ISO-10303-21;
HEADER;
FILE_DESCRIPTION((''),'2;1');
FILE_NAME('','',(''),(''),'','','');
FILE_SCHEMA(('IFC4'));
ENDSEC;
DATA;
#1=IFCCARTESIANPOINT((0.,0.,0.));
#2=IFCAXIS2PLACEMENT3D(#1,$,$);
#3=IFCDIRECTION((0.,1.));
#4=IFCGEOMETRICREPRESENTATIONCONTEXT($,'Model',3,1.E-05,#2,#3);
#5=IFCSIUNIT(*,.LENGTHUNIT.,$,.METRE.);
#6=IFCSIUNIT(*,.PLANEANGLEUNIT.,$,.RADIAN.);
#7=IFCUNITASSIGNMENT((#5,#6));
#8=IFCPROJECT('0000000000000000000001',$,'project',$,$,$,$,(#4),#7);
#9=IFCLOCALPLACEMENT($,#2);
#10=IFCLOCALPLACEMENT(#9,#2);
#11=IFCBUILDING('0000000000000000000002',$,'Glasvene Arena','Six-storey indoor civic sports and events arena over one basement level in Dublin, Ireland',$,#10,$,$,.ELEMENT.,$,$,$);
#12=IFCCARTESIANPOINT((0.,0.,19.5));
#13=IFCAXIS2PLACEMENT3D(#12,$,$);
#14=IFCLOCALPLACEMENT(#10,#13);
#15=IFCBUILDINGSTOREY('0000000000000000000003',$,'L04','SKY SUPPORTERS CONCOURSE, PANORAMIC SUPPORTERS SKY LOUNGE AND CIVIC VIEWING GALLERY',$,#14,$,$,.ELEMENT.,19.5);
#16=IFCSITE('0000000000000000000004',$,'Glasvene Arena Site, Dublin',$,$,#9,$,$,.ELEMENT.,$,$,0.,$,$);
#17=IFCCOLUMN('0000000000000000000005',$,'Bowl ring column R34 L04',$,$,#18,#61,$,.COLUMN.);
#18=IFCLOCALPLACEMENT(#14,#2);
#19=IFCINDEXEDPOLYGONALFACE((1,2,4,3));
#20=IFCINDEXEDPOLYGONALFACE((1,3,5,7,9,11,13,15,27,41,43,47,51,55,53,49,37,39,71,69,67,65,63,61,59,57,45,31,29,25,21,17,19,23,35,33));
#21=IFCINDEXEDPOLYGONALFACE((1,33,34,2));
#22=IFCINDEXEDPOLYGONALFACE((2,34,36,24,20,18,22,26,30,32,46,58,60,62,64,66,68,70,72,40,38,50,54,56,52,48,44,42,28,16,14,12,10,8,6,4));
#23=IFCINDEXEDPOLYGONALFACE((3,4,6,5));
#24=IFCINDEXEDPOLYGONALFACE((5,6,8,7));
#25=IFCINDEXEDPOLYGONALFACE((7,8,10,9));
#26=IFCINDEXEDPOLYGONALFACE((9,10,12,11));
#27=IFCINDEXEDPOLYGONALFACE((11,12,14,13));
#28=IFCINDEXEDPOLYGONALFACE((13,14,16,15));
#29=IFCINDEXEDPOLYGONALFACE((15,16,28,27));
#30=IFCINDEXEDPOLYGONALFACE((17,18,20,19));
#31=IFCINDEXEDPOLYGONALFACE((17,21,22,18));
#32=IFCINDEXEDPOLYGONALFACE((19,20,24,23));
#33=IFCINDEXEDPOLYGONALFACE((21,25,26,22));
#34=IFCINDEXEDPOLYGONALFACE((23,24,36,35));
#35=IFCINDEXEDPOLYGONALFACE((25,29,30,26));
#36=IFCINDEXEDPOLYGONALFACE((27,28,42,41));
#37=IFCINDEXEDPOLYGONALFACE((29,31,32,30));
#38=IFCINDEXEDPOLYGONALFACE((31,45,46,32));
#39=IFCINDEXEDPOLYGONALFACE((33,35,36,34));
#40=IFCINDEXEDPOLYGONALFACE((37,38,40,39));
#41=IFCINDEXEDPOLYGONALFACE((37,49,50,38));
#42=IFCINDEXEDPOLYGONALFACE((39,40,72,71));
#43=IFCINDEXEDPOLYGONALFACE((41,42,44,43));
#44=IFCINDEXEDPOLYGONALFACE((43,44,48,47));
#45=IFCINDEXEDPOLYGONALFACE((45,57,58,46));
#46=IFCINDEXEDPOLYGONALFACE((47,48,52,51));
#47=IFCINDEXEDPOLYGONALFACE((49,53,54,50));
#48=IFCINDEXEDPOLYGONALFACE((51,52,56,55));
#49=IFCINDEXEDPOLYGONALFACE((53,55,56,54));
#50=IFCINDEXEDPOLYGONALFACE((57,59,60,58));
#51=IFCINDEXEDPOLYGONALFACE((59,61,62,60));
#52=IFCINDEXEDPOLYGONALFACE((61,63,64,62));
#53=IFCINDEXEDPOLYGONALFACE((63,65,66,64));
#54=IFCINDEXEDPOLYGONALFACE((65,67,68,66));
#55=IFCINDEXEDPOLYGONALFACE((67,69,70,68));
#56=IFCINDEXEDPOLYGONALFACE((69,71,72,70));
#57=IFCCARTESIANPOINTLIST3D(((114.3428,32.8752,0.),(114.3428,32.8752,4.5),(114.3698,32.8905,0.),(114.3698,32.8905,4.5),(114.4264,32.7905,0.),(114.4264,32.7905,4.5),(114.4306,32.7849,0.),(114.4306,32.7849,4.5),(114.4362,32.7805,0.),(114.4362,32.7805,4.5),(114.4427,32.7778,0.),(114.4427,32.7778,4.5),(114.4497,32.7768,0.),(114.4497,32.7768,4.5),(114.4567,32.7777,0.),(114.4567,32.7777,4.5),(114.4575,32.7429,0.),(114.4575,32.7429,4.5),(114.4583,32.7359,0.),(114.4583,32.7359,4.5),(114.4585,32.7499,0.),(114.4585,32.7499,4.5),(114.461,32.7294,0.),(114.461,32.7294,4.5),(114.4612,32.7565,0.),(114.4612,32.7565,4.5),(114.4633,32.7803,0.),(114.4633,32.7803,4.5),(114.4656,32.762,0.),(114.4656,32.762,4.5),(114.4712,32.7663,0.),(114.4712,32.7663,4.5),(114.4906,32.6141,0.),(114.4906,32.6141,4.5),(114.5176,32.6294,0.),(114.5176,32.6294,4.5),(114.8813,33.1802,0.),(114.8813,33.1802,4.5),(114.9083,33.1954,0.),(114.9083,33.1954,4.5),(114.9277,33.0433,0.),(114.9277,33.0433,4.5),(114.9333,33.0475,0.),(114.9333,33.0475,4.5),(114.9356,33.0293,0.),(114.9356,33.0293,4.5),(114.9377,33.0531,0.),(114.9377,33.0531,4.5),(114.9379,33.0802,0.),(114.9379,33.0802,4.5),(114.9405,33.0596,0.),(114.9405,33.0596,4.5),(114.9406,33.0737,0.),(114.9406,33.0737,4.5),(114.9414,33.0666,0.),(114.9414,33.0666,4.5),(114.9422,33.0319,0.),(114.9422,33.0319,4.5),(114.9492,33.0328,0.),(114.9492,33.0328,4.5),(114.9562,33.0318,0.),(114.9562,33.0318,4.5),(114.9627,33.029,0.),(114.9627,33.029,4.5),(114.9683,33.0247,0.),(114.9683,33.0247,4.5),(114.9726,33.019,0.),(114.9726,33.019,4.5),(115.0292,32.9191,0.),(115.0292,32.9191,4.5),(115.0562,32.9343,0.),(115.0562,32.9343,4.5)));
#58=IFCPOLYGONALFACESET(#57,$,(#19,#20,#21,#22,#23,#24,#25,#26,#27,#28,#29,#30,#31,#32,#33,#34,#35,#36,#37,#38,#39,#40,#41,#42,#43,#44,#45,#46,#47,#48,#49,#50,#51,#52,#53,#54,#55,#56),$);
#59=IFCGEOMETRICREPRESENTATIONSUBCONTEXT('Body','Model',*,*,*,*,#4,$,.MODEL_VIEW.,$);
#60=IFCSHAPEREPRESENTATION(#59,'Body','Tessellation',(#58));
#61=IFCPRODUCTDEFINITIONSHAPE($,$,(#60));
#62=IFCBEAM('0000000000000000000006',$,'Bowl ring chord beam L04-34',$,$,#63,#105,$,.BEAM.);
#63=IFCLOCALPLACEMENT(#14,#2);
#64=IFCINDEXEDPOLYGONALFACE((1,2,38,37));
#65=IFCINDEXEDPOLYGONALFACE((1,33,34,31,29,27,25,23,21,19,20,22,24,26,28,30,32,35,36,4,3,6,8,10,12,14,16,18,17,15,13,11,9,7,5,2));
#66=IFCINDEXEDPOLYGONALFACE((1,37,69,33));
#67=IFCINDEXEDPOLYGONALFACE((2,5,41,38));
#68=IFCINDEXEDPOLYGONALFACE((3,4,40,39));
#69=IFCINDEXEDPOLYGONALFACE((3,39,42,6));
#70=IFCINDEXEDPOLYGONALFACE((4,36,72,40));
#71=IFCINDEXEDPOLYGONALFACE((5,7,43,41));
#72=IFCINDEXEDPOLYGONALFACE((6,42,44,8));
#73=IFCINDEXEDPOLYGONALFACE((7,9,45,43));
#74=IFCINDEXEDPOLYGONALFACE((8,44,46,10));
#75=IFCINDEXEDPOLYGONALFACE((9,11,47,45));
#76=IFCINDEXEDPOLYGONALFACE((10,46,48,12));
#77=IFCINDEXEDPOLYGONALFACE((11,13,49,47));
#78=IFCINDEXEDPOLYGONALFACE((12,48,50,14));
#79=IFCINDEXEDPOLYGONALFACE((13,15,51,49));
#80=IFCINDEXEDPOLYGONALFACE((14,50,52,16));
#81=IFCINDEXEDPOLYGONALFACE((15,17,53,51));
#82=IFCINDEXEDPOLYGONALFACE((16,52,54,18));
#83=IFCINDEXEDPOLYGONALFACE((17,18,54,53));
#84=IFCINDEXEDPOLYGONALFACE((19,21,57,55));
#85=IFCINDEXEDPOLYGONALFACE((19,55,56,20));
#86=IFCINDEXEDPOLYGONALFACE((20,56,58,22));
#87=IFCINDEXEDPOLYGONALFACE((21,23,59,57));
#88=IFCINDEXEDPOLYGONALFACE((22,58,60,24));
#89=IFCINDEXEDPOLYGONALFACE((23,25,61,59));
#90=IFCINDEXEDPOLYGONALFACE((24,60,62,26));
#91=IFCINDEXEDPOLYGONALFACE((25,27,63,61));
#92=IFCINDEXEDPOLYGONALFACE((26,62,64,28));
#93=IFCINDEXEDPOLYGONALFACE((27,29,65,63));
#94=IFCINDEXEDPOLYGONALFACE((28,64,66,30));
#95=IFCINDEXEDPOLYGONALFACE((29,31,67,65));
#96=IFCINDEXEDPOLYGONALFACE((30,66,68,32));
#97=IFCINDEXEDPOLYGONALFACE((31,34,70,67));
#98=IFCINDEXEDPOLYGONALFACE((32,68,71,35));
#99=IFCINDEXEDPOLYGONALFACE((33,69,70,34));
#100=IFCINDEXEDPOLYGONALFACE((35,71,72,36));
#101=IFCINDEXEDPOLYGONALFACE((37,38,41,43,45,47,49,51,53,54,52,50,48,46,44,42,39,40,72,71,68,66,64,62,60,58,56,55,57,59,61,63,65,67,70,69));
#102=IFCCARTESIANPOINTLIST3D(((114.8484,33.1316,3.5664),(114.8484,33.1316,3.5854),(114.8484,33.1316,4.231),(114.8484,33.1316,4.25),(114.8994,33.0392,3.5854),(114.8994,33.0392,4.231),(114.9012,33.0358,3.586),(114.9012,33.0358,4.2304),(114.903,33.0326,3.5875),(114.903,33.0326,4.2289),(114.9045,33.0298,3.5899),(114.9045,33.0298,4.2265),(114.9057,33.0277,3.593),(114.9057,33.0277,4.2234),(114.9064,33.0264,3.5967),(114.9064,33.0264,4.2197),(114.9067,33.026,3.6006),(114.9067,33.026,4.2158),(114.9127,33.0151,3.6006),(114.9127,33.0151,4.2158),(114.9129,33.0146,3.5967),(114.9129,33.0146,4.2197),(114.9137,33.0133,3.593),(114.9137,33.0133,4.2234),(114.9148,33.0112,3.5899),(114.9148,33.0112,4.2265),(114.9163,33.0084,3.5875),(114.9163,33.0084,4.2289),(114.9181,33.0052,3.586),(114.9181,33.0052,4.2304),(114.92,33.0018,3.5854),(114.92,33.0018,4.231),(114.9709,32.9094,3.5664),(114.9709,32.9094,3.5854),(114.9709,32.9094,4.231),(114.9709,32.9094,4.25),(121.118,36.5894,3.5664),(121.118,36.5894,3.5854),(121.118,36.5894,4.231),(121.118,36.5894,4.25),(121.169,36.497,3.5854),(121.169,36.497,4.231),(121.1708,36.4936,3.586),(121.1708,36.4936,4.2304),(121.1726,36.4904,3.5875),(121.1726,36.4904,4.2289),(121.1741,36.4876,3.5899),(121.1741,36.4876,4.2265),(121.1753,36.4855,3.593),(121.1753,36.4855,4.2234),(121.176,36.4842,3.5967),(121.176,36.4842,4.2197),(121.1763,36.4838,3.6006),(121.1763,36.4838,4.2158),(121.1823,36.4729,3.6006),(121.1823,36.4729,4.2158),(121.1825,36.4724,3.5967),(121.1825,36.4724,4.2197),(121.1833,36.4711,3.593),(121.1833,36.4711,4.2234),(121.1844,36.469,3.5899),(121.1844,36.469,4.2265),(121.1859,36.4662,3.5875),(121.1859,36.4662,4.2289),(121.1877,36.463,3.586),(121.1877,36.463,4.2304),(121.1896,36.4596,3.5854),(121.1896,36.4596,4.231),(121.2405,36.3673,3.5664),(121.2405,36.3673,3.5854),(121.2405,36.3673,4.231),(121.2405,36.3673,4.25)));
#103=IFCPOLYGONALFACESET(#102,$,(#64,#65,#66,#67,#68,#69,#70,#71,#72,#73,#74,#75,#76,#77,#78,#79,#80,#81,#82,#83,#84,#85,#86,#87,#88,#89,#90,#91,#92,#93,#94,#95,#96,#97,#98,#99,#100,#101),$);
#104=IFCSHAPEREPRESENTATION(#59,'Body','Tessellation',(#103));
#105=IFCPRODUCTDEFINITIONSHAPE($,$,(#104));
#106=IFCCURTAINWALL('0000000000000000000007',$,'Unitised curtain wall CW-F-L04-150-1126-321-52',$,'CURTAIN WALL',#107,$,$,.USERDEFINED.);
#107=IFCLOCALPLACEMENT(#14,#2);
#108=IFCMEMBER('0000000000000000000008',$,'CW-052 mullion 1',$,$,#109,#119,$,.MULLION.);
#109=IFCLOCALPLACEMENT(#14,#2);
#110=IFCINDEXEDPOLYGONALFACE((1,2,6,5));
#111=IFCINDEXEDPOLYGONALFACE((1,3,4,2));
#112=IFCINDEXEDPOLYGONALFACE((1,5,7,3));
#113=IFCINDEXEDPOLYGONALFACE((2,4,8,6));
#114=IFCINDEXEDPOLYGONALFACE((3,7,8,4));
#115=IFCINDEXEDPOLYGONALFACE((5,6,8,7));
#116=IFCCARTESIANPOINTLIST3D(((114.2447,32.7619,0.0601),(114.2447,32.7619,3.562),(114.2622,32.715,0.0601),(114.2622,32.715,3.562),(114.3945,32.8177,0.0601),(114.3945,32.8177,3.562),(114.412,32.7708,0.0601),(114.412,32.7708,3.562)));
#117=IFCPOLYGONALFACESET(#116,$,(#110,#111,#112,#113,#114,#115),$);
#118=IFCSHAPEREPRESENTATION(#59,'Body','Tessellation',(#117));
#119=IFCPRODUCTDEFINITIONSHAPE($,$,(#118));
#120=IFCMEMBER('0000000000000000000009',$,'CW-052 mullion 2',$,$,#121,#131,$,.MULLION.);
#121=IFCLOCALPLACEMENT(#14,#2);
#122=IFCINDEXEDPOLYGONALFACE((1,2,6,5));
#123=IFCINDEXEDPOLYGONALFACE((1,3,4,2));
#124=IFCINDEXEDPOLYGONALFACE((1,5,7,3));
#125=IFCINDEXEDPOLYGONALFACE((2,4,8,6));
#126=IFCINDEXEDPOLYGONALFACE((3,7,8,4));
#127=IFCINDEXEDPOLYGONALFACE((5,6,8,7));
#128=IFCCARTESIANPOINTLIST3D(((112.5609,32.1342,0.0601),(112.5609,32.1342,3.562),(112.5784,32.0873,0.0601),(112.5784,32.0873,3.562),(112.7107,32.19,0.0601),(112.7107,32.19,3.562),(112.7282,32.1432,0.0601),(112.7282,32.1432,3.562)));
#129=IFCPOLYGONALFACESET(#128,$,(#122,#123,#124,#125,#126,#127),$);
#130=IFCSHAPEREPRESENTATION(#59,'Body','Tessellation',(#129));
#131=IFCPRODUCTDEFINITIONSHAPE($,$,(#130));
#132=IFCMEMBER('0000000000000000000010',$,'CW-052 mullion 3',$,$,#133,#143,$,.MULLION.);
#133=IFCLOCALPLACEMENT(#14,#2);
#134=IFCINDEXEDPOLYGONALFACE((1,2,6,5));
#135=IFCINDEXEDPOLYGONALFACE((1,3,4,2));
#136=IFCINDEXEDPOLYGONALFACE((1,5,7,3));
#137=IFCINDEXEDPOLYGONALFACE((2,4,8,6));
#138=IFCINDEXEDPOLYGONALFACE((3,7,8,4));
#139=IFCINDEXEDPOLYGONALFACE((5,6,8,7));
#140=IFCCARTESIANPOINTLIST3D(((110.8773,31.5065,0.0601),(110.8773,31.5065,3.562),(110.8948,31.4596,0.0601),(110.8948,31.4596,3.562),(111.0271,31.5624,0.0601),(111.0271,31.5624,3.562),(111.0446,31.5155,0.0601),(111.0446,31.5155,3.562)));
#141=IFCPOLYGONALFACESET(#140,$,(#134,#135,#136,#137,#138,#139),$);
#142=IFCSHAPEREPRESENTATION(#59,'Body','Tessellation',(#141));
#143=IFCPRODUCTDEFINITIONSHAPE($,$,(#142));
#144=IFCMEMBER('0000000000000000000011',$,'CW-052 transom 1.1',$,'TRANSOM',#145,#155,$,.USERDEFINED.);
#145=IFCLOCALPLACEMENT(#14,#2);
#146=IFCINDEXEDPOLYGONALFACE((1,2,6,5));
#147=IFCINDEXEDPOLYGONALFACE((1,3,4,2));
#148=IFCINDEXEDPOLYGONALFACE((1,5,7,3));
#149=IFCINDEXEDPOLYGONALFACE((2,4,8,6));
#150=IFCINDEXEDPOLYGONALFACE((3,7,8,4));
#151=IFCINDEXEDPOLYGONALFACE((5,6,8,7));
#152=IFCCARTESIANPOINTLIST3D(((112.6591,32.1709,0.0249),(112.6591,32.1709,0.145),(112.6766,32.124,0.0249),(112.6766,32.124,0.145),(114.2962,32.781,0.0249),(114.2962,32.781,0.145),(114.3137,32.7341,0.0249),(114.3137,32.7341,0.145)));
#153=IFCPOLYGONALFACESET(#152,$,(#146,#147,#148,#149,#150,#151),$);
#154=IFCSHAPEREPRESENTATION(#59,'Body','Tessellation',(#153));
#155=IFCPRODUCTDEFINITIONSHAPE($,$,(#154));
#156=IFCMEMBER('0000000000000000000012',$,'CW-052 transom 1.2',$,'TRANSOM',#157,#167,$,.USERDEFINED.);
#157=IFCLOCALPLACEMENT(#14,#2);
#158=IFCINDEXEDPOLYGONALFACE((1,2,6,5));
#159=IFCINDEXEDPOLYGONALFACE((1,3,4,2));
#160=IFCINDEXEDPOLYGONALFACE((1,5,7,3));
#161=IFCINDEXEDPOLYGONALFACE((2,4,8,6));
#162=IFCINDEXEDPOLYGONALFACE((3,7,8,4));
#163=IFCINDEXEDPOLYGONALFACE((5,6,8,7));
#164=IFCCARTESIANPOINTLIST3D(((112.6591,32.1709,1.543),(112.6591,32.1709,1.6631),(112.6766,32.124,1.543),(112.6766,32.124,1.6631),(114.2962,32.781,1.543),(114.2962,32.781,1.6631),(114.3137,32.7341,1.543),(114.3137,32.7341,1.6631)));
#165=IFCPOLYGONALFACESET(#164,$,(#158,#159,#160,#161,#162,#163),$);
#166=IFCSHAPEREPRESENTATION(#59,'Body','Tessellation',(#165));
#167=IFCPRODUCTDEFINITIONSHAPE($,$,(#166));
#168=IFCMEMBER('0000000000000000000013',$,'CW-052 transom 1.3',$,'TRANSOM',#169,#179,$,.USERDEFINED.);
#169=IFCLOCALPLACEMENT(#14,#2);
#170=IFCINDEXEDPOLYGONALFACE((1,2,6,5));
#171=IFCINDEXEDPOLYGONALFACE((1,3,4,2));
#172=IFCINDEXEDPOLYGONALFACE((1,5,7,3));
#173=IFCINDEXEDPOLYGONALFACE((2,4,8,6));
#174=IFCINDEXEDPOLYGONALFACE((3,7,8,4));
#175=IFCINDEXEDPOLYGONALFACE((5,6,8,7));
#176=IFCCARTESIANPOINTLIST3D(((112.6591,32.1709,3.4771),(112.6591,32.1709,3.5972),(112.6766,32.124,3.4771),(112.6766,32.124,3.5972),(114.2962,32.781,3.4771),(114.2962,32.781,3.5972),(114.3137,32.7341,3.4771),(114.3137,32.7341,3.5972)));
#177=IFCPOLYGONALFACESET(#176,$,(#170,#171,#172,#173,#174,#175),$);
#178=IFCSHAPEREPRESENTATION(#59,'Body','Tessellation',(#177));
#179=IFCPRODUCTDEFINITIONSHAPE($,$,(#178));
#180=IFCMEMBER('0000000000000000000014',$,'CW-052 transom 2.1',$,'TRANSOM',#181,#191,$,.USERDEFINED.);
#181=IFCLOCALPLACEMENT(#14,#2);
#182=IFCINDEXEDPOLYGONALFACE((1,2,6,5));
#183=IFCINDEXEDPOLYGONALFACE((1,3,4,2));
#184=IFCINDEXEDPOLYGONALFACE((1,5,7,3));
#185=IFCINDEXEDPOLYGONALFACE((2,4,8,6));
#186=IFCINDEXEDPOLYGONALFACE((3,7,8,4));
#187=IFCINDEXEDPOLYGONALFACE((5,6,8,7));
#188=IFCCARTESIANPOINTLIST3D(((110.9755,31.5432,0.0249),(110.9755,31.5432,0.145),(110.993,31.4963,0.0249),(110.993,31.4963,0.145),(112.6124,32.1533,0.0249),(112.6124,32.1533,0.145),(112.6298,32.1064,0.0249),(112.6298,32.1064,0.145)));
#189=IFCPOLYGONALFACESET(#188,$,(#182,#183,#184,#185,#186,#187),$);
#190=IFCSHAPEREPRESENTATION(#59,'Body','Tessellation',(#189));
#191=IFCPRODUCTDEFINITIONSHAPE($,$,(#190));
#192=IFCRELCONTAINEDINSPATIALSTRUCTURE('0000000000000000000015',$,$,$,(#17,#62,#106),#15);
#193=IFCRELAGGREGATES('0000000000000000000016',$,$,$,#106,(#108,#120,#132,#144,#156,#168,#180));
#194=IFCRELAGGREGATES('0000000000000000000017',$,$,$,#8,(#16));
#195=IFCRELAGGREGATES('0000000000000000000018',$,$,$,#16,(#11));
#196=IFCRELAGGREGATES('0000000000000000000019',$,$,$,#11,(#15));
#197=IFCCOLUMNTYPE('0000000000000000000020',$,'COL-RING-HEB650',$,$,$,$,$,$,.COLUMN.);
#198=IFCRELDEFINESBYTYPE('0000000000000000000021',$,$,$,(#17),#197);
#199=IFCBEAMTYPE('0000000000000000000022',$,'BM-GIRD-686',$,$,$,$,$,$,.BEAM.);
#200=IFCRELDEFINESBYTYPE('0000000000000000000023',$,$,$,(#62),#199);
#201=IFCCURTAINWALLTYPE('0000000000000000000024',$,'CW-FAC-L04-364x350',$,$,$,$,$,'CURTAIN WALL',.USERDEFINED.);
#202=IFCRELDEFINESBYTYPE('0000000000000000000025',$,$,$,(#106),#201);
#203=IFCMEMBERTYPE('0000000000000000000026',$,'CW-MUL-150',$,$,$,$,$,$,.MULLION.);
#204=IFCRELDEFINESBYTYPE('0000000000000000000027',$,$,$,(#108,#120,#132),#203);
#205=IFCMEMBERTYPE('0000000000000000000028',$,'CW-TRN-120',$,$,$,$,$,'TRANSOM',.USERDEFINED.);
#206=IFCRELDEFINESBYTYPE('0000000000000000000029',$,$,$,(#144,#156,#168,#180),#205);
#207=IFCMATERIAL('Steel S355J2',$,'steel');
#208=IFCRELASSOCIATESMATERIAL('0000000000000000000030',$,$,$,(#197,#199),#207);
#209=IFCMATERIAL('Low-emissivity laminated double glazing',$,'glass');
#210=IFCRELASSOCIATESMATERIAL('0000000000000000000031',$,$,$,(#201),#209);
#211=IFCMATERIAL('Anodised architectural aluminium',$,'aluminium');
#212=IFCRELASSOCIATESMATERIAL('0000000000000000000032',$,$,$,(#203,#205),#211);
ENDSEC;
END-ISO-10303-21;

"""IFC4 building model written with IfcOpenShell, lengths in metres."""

from ifc_helpers import new_model, si_unit, direction, frame, origin, origin_2d, place, context, subcontext, project, spatial, rectangle, i_section, extrude, material, material_profile, profile_set, type_object, element, aggregate, save


model = new_model("IFC4")

# Units and contexts
model_context = context("Model", 3, precision=1e-05, world=origin(), true_north=direction((0.0, 1.0)))
body_context = subcontext(model_context, "Body", "Model", "MODEL_VIEW")
ifc_project = project(units=[si_unit("LENGTHUNIT", "METRE"), si_unit("PLANEANGLEUNIT", "RADIAN")], contexts=[model_context])

# Site, building, storey
site_placement = place(None, origin())
site = spatial("IfcSite", under=ifc_project, at=site_placement, Name="Glasvene Arena Site, Dublin", CompositionType="ELEMENT", RefElevation=0.0)
building_placement = place(site_placement, origin())
building = spatial("IfcBuilding", under=site, at=building_placement, Name="Glasvene Arena", Description="Six-storey indoor civic sports and events arena over one basement level in Dublin, Ireland", CompositionType="ELEMENT")
storey_placement = place(building_placement, frame((0.0, 0.0, 19.5)))
storey = spatial("IfcBuildingStorey", under=building, at=storey_placement, Name="L04", Description="SKY SUPPORTERS CONCOURSE, PANORAMIC SUPPORTERS SKY LOUNGE AND CIVIC VIEWING GALLERY", CompositionType="ELEMENT", Elevation=19.5)

# Column
ifc_material_1 = material(Name="Steel S355J2", Category="steel")
ifc_material_profile_1 = material_profile(ifc_material_1, i_section(OverallWidth=0.3, OverallDepth=0.6499, WebThickness=0.0161, FlangeThickness=0.031, FilletRadius=0.0271, at=origin_2d()), Name="HEB 650")
ifc_profile_set_1 = profile_set([ifc_material_profile_1], Name="Steel S355J2")
column_type = type_object("IfcColumnType", Name="COL-RING-HEB650", PredefinedType="COLUMN", material=ifc_profile_set_1)
column_placement = place(storey_placement, frame((114.6995, 32.9048, 0.0), z_axis=(0.0, 0.0, 1.0), x_axis=(0.492727, -0.870184, 0.0)))
element("IfcColumn", 1, at=column_placement, inside=storey, type_object=column_type, Name="Bowl ring column R34 L04", PredefinedType="COLUMN", context=body_context, shape_type="SweptSolid", body=[
    extrude(i_section(OverallWidth=0.3, OverallDepth=0.6499, WebThickness=0.0161, FlangeThickness=0.031, FilletRadius=0.0271, at=origin_2d()), origin(), (0.0, 0.0, 1.0), 4.5),
])

# Beam
ifc_material_profile_2 = material_profile(ifc_material_1, i_section(OverallWidth=0.2537, OverallDepth=0.6836, WebThickness=0.0125, FlangeThickness=0.019, FilletRadius=0.0151, at=origin_2d()), Name="UKB 686x254x140")
ifc_profile_set_2 = profile_set([ifc_material_profile_2], Name="Steel S355J2")
beam_type = type_object("IfcBeamType", Name="BM-GIRD-686", PredefinedType="BEAM", material=ifc_profile_set_2)
beam_placement = place(storey_placement, frame((114.9097, 33.0205, 3.9082), z_axis=(0.875654, 0.482939, 0.0), x_axis=(-0.482939, 0.875654, 0.0)))
element("IfcBeam", 2, at=beam_placement, inside=storey, type_object=beam_type, Name="Bowl ring chord beam L04-34", PredefinedType="BEAM", context=body_context, shape_type="SweptSolid", body=[
    extrude(i_section(OverallWidth=0.2537, OverallDepth=0.6836, WebThickness=0.0125, FlangeThickness=0.019, FilletRadius=0.0151, at=origin_2d()), origin(), (0.0, 0.0, 1.0), 7.1599),
])

# Curtain wall, members
ifc_material_2 = material(Name="Low-emissivity laminated double glazing", Category="glass")
curtain_wall_type = type_object("IfcCurtainWallType", Name="CW-FAC-L04-364x350", ElementType="CURTAIN WALL", PredefinedType="USERDEFINED", material=ifc_material_2)
curtain_wall_placement = place(storey_placement, frame((114.3518, 32.7749, 0.0)))
curtain_wall = element("IfcCurtainWall", 3, at=curtain_wall_placement, inside=storey, type_object=curtain_wall_type, Name="Unitised curtain wall CW-F-L04-150-1126-321-52", ObjectType="CURTAIN WALL", PredefinedType="USERDEFINED")
ifc_material_3 = material(Name="Anodised architectural aluminium", Category="aluminium")
ifc_material_profile_3 = material_profile(ifc_material_3, rectangle(XDim=0.05, YDim=0.1599, at=origin_2d()), Name="ALU MULLION 50x160")
ifc_profile_set_3 = profile_set([ifc_material_profile_3], Name="Anodised architectural aluminium")
member_type_1 = type_object("IfcMemberType", Name="CW-MUL-150", PredefinedType="MULLION", material=ifc_profile_set_3)
member_1_placement = place(storey_placement, frame((114.3284, 32.7664, 0.0601), z_axis=(0.0, 0.0, 1.0), x_axis=(0.349288, -0.937015, 0.0)))
member_1 = element("IfcMember", 4, at=member_1_placement, type_object=member_type_1, Name="CW-052 mullion 1", PredefinedType="MULLION", context=body_context, shape_type="SweptSolid", body=[
    extrude(rectangle(XDim=0.05, YDim=0.1599, at=origin_2d()), origin(), (0.0, 0.0, 1.0), 3.502),
])
member_2_placement = place(storey_placement, frame((112.6445, 32.1387, 0.0601), z_axis=(0.0, 0.0, 1.0), x_axis=(0.349288, -0.937015, 0.0)))
member_2 = element("IfcMember", 5, at=member_2_placement, type_object=member_type_1, Name="CW-052 mullion 2", PredefinedType="MULLION", context=body_context, shape_type="SweptSolid", body=[
    extrude(rectangle(XDim=0.05, YDim=0.1599, at=origin_2d()), origin(), (0.0, 0.0, 1.0), 3.502),
])
member_3_placement = place(storey_placement, frame((110.9609, 31.511, 0.0601), z_axis=(0.0, 0.0, 1.0), x_axis=(0.349288, -0.937015, 0.0)))
member_3 = element("IfcMember", 6, at=member_3_placement, type_object=member_type_1, Name="CW-052 mullion 3", PredefinedType="MULLION", context=body_context, shape_type="SweptSolid", body=[
    extrude(rectangle(XDim=0.05, YDim=0.1599, at=origin_2d()), origin(), (0.0, 0.0, 1.0), 3.502),
])
ifc_material_profile_4 = material_profile(ifc_material_3, rectangle(XDim=0.05, YDim=0.1201, at=origin_2d()), Name="ALU TRANSOM 50x120")
ifc_profile_set_4 = profile_set([ifc_material_profile_4], Name="Anodised architectural aluminium")
member_type_2 = type_object("IfcMemberType", Name="CW-TRN-120", ElementType="TRANSOM", PredefinedType="USERDEFINED", material=ifc_profile_set_4)
member_4_placement = place(storey_placement, frame((114.3049, 32.7576, 0.085), z_axis=(-0.937034, -0.349239, 0.0), x_axis=(0.349239, -0.937034, 0.0)))
member_4 = element("IfcMember", 7, at=member_4_placement, type_object=member_type_2, Name="CW-052 transom 1.1", ObjectType="TRANSOM", PredefinedType="USERDEFINED", context=body_context, shape_type="SweptSolid", body=[
    extrude(rectangle(XDim=0.05, YDim=0.1201, at=origin_2d()), origin(), (0.0, 0.0, 1.0), 1.7471),
])
member_5_placement = place(storey_placement, frame((114.3049, 32.7576, 1.603), z_axis=(-0.937034, -0.349239, 0.0), x_axis=(0.349239, -0.937034, 0.0)))
member_5 = element("IfcMember", 8, at=member_5_placement, type_object=member_type_2, Name="CW-052 transom 1.2", ObjectType="TRANSOM", PredefinedType="USERDEFINED", context=body_context, shape_type="SweptSolid", body=[
    extrude(rectangle(XDim=0.05, YDim=0.1201, at=origin_2d()), origin(), (0.0, 0.0, 1.0), 1.7471),
])
member_6_placement = place(storey_placement, frame((114.3049, 32.7576, 3.5371), z_axis=(-0.937034, -0.349239, 0.0), x_axis=(0.349239, -0.937034, 0.0)))
member_6 = element("IfcMember", 9, at=member_6_placement, type_object=member_type_2, Name="CW-052 transom 1.3", ObjectType="TRANSOM", PredefinedType="USERDEFINED", context=body_context, shape_type="SweptSolid", body=[
    extrude(rectangle(XDim=0.05, YDim=0.1201, at=origin_2d()), origin(), (0.0, 0.0, 1.0), 1.7471),
])
member_7_placement = place(storey_placement, frame((112.6211, 32.1299, 0.085), z_axis=(-0.937017, -0.349285, 0.0), x_axis=(0.349285, -0.937017, 0.0)))
member_7 = element("IfcMember", 10, at=member_7_placement, type_object=member_type_2, Name="CW-052 transom 2.1", ObjectType="TRANSOM", PredefinedType="USERDEFINED", context=body_context, shape_type="SweptSolid", body=[
    extrude(rectangle(XDim=0.05, YDim=0.1201, at=origin_2d()), origin(), (0.0, 0.0, 1.0), 1.7468),
])
aggregate(curtain_wall, [member_1, member_2, member_3, member_4, member_5, member_6, member_7])

save(model, "model.ifc")
